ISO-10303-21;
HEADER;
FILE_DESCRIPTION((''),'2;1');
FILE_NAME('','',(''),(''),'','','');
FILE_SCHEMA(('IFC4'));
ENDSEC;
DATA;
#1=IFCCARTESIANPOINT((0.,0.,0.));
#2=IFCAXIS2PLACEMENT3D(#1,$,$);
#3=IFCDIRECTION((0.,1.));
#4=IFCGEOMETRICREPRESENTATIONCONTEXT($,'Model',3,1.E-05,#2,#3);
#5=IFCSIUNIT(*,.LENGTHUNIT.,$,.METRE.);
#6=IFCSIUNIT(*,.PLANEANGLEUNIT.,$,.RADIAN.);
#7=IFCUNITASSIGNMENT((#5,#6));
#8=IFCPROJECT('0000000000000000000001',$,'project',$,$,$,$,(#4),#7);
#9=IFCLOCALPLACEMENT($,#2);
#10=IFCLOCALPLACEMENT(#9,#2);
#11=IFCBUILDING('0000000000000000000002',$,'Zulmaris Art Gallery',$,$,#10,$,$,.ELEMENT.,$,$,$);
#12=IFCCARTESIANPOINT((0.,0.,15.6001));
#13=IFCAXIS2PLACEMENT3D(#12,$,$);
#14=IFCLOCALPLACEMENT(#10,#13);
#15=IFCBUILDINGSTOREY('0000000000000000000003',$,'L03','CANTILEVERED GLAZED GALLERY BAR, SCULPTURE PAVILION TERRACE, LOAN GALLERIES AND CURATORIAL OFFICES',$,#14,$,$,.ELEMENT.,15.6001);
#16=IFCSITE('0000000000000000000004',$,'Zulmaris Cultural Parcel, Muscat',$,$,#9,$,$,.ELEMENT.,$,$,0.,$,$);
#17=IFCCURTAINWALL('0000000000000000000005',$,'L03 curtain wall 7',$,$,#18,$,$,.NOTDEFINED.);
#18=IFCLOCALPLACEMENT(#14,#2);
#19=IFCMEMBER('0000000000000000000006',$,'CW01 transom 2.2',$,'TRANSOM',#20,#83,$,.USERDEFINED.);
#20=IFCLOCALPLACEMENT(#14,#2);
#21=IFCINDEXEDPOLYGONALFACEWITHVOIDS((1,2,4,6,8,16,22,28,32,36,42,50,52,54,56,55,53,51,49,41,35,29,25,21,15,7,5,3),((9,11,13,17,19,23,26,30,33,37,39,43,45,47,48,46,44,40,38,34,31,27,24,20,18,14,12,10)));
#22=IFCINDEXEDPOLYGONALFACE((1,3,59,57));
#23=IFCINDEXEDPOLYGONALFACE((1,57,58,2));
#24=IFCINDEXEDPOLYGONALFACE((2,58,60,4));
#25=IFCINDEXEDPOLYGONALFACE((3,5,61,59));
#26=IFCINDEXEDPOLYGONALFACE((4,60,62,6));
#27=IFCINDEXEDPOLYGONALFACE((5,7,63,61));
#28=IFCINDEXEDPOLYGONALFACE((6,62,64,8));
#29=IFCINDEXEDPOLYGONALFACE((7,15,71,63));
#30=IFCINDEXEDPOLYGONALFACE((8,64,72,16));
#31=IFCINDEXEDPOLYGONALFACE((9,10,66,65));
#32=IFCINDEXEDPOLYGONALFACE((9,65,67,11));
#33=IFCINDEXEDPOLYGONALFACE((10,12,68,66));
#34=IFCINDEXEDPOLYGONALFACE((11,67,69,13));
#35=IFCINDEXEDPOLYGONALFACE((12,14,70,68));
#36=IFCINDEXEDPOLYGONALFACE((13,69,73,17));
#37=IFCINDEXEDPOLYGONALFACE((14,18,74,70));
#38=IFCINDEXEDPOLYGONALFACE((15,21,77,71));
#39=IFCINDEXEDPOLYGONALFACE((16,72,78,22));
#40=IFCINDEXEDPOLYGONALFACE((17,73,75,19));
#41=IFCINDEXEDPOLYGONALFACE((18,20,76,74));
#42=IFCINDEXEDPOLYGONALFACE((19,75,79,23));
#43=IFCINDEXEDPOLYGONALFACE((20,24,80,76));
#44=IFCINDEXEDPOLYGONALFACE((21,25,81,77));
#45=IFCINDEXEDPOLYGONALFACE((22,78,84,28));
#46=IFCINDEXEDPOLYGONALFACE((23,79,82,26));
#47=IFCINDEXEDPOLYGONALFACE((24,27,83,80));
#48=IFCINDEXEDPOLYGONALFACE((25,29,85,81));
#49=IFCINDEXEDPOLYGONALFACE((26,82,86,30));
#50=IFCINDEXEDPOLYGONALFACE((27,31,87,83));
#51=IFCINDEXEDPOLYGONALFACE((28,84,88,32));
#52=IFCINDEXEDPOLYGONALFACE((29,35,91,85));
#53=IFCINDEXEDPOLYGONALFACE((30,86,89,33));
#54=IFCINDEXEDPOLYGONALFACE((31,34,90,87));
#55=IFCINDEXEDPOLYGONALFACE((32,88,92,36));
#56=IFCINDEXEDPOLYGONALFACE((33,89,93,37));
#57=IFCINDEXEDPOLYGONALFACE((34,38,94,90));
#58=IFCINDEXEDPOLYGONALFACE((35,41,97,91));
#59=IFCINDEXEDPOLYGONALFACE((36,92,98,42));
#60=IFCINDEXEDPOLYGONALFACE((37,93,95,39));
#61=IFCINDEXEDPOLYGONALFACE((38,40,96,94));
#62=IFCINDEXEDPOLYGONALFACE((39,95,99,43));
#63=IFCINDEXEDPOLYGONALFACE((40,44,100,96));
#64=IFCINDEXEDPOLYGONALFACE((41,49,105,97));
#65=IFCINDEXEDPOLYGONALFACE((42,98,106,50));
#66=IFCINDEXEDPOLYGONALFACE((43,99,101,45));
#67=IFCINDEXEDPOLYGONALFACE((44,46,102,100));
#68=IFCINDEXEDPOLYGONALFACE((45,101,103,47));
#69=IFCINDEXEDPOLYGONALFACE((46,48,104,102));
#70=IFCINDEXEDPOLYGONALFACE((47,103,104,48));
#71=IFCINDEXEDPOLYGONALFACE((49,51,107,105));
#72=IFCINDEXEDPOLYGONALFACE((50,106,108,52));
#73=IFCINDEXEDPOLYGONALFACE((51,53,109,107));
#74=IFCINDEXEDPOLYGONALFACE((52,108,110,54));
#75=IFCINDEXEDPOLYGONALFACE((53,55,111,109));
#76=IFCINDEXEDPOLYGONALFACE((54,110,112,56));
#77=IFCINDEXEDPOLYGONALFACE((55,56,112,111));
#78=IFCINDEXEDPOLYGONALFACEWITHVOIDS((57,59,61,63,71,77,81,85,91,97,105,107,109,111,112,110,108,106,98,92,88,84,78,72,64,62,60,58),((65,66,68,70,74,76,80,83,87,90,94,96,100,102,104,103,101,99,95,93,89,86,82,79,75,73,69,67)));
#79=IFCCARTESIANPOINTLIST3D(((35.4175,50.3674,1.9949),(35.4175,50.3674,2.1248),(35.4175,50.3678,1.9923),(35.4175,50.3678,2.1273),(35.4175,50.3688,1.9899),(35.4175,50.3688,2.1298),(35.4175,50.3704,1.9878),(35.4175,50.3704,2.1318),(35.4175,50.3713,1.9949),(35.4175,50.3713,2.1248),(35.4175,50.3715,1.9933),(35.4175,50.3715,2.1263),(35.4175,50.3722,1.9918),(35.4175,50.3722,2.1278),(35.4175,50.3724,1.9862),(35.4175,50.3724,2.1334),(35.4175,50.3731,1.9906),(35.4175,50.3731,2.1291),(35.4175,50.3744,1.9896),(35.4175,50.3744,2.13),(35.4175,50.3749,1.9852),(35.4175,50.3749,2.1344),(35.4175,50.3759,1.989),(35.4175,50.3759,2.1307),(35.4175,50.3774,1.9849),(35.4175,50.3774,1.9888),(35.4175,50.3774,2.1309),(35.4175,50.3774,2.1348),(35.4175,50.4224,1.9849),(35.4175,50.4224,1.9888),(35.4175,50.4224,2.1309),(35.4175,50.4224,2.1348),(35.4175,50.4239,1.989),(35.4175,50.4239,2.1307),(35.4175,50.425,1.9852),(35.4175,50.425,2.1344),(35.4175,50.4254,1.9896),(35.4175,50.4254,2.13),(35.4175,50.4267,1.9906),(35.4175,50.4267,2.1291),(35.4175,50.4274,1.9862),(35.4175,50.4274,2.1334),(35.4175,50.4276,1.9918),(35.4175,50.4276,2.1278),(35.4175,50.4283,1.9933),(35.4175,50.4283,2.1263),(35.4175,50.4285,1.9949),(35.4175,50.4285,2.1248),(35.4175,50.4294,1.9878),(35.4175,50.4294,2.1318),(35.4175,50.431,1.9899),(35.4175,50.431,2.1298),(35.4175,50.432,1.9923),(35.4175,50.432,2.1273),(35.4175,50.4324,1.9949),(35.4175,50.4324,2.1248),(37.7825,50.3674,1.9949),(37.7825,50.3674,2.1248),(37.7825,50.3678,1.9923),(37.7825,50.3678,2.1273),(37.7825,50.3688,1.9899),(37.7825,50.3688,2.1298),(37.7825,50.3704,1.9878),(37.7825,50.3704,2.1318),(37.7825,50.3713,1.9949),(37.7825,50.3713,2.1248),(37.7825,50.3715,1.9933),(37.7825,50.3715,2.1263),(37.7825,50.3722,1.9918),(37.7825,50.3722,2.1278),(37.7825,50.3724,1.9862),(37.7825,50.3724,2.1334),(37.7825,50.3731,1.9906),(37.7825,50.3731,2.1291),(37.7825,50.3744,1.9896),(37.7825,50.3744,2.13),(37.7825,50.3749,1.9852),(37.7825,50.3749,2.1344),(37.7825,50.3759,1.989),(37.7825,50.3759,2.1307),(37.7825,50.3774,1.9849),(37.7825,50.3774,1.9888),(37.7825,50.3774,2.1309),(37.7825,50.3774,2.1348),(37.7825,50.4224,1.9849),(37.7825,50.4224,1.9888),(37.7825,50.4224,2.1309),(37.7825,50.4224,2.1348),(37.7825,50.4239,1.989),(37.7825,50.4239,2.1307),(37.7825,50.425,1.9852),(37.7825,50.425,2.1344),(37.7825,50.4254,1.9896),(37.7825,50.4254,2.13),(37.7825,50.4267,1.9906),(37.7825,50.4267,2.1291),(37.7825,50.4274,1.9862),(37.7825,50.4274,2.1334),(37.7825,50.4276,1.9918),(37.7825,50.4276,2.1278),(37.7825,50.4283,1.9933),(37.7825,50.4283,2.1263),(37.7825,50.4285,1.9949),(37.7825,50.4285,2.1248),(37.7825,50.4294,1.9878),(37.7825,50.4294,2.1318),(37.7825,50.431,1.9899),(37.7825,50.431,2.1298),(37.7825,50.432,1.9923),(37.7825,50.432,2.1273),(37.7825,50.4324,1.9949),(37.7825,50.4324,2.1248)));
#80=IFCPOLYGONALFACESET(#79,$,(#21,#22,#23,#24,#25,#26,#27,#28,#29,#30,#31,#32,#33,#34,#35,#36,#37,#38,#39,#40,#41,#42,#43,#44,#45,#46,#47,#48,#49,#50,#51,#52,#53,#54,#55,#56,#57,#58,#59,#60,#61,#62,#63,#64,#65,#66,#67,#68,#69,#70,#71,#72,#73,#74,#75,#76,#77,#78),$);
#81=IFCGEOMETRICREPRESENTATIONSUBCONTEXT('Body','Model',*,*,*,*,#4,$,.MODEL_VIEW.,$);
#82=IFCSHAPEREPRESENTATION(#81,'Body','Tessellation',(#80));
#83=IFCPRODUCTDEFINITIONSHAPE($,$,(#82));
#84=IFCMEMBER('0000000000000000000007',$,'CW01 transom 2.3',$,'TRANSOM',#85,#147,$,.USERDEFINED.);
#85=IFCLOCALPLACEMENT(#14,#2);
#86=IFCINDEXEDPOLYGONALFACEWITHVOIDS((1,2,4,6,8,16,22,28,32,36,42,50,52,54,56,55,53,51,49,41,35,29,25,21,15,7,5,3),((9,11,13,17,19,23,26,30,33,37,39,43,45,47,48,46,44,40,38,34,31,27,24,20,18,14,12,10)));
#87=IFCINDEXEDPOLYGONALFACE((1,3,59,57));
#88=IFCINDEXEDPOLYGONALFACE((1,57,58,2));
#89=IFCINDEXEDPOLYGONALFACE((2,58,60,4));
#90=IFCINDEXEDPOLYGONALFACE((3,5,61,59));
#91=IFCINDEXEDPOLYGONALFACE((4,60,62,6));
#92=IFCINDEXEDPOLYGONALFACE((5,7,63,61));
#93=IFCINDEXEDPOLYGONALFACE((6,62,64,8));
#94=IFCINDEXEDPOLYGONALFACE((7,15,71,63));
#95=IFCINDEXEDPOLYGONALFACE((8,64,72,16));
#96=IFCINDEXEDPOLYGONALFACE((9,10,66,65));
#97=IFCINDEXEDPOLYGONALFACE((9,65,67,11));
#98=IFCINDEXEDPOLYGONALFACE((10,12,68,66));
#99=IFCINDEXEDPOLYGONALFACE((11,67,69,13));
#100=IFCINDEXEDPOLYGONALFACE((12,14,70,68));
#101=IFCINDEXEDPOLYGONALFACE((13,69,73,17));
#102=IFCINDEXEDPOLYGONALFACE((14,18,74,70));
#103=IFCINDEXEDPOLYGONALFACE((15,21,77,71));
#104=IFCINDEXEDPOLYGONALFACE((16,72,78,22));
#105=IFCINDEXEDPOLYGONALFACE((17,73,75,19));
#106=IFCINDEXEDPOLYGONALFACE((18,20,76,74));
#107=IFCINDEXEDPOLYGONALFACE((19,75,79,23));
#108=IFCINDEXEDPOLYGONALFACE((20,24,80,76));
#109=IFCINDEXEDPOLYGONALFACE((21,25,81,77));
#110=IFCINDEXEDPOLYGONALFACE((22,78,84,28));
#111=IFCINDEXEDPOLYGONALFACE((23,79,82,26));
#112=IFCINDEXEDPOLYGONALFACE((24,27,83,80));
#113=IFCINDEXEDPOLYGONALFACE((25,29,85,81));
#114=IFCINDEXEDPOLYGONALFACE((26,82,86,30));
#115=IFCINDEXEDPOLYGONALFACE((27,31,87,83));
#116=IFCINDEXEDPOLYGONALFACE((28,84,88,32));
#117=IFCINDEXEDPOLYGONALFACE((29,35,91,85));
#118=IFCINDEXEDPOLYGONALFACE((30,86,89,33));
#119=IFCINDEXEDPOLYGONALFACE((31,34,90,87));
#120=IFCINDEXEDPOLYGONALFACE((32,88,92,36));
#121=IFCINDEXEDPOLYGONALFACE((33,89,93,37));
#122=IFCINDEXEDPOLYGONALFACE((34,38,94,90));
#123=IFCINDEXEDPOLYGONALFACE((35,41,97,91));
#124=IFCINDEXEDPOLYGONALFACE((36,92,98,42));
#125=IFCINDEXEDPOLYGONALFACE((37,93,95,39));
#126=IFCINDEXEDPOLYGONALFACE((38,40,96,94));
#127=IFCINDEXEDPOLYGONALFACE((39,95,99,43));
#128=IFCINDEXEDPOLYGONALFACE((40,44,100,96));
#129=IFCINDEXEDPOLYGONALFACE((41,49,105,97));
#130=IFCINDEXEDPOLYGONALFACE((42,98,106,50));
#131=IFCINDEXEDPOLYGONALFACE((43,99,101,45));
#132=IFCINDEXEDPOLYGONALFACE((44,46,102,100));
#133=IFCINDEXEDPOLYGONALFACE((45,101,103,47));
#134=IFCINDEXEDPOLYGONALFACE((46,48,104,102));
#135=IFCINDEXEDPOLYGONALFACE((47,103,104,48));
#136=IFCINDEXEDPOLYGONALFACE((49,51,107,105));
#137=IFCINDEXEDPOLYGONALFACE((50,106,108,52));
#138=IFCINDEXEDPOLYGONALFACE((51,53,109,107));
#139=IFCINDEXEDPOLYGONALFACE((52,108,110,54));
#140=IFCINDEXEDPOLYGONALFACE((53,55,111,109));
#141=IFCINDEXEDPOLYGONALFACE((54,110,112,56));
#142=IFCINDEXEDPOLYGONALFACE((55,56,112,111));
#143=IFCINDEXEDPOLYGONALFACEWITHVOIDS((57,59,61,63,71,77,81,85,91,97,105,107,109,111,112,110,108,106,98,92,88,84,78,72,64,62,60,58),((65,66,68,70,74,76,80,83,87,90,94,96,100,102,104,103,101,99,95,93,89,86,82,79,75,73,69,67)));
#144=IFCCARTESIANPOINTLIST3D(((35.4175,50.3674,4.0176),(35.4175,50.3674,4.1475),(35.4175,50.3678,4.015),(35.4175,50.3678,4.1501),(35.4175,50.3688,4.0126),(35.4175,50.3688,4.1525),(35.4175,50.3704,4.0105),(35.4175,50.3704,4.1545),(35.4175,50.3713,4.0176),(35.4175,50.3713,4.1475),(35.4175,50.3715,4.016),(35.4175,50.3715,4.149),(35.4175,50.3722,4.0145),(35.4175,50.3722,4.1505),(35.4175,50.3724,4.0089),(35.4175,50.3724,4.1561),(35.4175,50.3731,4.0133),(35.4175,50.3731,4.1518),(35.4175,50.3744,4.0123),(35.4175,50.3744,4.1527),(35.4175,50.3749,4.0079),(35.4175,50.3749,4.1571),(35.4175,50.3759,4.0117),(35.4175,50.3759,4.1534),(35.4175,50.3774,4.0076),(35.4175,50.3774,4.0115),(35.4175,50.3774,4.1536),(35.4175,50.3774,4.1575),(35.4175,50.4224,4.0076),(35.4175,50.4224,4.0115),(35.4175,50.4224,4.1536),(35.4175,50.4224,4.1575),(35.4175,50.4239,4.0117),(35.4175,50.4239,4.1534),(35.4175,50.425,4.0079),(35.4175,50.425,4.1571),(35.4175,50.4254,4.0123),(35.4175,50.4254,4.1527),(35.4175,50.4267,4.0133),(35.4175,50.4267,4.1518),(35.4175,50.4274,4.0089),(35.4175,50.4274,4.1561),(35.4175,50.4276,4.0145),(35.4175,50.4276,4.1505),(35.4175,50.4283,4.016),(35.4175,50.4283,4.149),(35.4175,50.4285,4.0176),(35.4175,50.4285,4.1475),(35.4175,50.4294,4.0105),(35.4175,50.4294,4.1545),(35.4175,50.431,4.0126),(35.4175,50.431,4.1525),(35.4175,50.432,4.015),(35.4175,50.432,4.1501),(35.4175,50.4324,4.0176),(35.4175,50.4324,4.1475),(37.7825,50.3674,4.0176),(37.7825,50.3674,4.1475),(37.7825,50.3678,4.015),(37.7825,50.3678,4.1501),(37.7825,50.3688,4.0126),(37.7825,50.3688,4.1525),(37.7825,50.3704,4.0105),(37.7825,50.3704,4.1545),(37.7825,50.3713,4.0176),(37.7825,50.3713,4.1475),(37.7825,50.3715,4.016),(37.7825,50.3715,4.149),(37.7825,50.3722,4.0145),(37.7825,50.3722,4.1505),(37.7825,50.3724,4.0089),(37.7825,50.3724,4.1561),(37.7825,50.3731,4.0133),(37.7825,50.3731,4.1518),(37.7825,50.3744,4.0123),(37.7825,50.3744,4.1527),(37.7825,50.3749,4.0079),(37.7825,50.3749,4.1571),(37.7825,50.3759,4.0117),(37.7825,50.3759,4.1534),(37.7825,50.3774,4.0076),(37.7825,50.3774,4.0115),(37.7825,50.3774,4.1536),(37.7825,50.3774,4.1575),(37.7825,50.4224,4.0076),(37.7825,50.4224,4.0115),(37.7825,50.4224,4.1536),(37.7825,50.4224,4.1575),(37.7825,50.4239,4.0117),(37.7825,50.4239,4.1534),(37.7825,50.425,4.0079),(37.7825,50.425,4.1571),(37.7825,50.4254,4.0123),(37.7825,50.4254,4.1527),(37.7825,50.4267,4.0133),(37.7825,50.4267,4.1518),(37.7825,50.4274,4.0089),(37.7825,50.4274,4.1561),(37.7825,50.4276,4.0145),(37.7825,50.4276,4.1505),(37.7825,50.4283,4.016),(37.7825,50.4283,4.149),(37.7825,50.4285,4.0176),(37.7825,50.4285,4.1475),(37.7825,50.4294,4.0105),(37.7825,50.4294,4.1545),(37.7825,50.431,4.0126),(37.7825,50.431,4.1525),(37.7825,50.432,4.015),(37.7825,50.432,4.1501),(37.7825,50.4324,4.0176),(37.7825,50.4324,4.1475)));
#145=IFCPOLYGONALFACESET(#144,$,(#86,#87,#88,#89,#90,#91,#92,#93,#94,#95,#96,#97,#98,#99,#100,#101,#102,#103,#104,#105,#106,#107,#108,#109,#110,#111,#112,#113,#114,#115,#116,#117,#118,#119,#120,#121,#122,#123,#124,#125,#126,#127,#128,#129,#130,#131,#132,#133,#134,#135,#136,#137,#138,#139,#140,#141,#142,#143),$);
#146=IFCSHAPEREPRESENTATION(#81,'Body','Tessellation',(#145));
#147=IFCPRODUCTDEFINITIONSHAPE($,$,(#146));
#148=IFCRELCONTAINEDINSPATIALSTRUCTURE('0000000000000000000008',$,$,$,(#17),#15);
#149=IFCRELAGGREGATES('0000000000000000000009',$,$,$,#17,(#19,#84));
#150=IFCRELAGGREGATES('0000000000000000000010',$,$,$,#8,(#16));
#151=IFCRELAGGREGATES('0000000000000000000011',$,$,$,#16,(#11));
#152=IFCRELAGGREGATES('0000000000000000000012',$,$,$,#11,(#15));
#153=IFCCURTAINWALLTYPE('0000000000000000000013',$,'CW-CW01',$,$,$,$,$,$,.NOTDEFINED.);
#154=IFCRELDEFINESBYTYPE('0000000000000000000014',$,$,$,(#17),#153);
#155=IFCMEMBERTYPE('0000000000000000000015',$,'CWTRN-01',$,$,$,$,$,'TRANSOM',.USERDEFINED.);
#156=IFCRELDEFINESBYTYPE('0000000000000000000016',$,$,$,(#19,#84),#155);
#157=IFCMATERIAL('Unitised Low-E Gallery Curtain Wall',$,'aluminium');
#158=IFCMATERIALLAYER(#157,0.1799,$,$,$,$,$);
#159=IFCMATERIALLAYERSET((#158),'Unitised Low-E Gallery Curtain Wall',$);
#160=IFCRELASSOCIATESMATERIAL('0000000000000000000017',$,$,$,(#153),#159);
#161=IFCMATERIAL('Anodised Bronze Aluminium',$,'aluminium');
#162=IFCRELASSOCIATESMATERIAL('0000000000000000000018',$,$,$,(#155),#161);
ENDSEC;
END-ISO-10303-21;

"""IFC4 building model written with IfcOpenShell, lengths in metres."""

from ifc_helpers import new_model, si_unit, direction, frame, origin, origin_2d, place, context, subcontext, project, spatial, hollow_rectangle, extrude, material, layer, layer_set, material_profile, profile_set, type_object, element, aggregate, save


model = new_model("IFC4")

# Units and contexts
model_context = context("Model", 3, precision=1e-05, world=origin(), true_north=direction((0.0, 1.0)))
body_context = subcontext(model_context, "Body", "Model", "MODEL_VIEW")
ifc_project = project(units=[si_unit("LENGTHUNIT", "METRE"), si_unit("PLANEANGLEUNIT", "RADIAN")], contexts=[model_context])

# Site, building, storey
site_placement = place(None, origin())
site = spatial("IfcSite", under=ifc_project, at=site_placement, Name="Zulmaris Cultural Parcel, Muscat", CompositionType="ELEMENT", RefElevation=0.0)
building_placement = place(site_placement, origin())
building = spatial("IfcBuilding", under=site, at=building_placement, Name="Zulmaris Art Gallery", CompositionType="ELEMENT")
storey_placement = place(building_placement, frame((0.0, 0.0, 15.6001)))
storey = spatial("IfcBuildingStorey", under=building, at=storey_placement, Name="L03", Description="CANTILEVERED GLAZED GALLERY BAR, SCULPTURE PAVILION TERRACE, LOAN GALLERIES AND CURATORIAL OFFICES", CompositionType="ELEMENT", Elevation=15.6001)

# Curtain wall
ifc_material_1 = material(Name="Unitised Low-E Gallery Curtain Wall", Category="aluminium")
ifc_layer_1 = layer(ifc_material_1, 0.1799)
ifc_layer_set_1 = layer_set([ifc_layer_1], Name="Unitised Low-E Gallery Curtain Wall")
curtain_wall_type = type_object("IfcCurtainWallType", Name="CW-CW01", PredefinedType="NOTDEFINED", material=ifc_layer_set_1)
ifc_material_2 = material(Name="Anodised Bronze Aluminium", Category="aluminium")
curtain_wall_1_placement = place(storey_placement, origin())
curtain_wall_1 = element("IfcCurtainWall", 1, at=curtain_wall_1_placement, inside=storey, type_object=curtain_wall_type, Name="L03 curtain wall 7", PredefinedType="NOTDEFINED")

# Members
ifc_material_profile_1 = material_profile(ifc_material_2, hollow_rectangle(XDim=0.0649, YDim=0.1499, WallThickness=0.0039, InnerFilletRadius=0.0061, OuterFilletRadius=0.01, at=origin_2d()), Name="ALU 65x150x4")
ifc_profile_set_1 = profile_set([ifc_material_profile_1], Name="Anodised Bronze Aluminium")
member_type_1 = type_object("IfcMemberType", Name="CWTRN-01", ElementType="TRANSOM", PredefinedType="USERDEFINED", material=ifc_profile_set_1)
member_1_placement = place(storey_placement, frame((37.7825, 50.3999, 2.0598), z_axis=(-1.0, 0.0, 0.0), x_axis=(0.0, -1.0, 0.0)))
member_1 = element("IfcMember", 2, at=member_1_placement, type_object=member_type_1, Name="CW01 transom 2.2", ObjectType="TRANSOM", PredefinedType="USERDEFINED", context=body_context, shape_type="SweptSolid", body=[
    extrude(hollow_rectangle(XDim=0.0649, YDim=0.1499, WallThickness=0.0039, InnerFilletRadius=0.0061, OuterFilletRadius=0.01, at=origin_2d()), origin(), (0.0, 0.0, 1.0), 2.365),
])
member_2_placement = place(storey_placement, frame((37.7825, 50.3999, 4.0825), z_axis=(-1.0, 0.0, 0.0), x_axis=(0.0, -1.0, 0.0)))
member_2 = element("IfcMember", 3, at=member_2_placement, type_object=member_type_1, Name="CW01 transom 2.3", ObjectType="TRANSOM", PredefinedType="USERDEFINED", context=body_context, shape_type="SweptSolid", body=[
    extrude(hollow_rectangle(XDim=0.0649, YDim=0.1499, WallThickness=0.0039, InnerFilletRadius=0.0061, OuterFilletRadius=0.01, at=origin_2d()), origin(), (0.0, 0.0, 1.0), 2.365),
])

aggregate(curtain_wall_1, [member_1, member_2])

save(model, "model.ifc")
